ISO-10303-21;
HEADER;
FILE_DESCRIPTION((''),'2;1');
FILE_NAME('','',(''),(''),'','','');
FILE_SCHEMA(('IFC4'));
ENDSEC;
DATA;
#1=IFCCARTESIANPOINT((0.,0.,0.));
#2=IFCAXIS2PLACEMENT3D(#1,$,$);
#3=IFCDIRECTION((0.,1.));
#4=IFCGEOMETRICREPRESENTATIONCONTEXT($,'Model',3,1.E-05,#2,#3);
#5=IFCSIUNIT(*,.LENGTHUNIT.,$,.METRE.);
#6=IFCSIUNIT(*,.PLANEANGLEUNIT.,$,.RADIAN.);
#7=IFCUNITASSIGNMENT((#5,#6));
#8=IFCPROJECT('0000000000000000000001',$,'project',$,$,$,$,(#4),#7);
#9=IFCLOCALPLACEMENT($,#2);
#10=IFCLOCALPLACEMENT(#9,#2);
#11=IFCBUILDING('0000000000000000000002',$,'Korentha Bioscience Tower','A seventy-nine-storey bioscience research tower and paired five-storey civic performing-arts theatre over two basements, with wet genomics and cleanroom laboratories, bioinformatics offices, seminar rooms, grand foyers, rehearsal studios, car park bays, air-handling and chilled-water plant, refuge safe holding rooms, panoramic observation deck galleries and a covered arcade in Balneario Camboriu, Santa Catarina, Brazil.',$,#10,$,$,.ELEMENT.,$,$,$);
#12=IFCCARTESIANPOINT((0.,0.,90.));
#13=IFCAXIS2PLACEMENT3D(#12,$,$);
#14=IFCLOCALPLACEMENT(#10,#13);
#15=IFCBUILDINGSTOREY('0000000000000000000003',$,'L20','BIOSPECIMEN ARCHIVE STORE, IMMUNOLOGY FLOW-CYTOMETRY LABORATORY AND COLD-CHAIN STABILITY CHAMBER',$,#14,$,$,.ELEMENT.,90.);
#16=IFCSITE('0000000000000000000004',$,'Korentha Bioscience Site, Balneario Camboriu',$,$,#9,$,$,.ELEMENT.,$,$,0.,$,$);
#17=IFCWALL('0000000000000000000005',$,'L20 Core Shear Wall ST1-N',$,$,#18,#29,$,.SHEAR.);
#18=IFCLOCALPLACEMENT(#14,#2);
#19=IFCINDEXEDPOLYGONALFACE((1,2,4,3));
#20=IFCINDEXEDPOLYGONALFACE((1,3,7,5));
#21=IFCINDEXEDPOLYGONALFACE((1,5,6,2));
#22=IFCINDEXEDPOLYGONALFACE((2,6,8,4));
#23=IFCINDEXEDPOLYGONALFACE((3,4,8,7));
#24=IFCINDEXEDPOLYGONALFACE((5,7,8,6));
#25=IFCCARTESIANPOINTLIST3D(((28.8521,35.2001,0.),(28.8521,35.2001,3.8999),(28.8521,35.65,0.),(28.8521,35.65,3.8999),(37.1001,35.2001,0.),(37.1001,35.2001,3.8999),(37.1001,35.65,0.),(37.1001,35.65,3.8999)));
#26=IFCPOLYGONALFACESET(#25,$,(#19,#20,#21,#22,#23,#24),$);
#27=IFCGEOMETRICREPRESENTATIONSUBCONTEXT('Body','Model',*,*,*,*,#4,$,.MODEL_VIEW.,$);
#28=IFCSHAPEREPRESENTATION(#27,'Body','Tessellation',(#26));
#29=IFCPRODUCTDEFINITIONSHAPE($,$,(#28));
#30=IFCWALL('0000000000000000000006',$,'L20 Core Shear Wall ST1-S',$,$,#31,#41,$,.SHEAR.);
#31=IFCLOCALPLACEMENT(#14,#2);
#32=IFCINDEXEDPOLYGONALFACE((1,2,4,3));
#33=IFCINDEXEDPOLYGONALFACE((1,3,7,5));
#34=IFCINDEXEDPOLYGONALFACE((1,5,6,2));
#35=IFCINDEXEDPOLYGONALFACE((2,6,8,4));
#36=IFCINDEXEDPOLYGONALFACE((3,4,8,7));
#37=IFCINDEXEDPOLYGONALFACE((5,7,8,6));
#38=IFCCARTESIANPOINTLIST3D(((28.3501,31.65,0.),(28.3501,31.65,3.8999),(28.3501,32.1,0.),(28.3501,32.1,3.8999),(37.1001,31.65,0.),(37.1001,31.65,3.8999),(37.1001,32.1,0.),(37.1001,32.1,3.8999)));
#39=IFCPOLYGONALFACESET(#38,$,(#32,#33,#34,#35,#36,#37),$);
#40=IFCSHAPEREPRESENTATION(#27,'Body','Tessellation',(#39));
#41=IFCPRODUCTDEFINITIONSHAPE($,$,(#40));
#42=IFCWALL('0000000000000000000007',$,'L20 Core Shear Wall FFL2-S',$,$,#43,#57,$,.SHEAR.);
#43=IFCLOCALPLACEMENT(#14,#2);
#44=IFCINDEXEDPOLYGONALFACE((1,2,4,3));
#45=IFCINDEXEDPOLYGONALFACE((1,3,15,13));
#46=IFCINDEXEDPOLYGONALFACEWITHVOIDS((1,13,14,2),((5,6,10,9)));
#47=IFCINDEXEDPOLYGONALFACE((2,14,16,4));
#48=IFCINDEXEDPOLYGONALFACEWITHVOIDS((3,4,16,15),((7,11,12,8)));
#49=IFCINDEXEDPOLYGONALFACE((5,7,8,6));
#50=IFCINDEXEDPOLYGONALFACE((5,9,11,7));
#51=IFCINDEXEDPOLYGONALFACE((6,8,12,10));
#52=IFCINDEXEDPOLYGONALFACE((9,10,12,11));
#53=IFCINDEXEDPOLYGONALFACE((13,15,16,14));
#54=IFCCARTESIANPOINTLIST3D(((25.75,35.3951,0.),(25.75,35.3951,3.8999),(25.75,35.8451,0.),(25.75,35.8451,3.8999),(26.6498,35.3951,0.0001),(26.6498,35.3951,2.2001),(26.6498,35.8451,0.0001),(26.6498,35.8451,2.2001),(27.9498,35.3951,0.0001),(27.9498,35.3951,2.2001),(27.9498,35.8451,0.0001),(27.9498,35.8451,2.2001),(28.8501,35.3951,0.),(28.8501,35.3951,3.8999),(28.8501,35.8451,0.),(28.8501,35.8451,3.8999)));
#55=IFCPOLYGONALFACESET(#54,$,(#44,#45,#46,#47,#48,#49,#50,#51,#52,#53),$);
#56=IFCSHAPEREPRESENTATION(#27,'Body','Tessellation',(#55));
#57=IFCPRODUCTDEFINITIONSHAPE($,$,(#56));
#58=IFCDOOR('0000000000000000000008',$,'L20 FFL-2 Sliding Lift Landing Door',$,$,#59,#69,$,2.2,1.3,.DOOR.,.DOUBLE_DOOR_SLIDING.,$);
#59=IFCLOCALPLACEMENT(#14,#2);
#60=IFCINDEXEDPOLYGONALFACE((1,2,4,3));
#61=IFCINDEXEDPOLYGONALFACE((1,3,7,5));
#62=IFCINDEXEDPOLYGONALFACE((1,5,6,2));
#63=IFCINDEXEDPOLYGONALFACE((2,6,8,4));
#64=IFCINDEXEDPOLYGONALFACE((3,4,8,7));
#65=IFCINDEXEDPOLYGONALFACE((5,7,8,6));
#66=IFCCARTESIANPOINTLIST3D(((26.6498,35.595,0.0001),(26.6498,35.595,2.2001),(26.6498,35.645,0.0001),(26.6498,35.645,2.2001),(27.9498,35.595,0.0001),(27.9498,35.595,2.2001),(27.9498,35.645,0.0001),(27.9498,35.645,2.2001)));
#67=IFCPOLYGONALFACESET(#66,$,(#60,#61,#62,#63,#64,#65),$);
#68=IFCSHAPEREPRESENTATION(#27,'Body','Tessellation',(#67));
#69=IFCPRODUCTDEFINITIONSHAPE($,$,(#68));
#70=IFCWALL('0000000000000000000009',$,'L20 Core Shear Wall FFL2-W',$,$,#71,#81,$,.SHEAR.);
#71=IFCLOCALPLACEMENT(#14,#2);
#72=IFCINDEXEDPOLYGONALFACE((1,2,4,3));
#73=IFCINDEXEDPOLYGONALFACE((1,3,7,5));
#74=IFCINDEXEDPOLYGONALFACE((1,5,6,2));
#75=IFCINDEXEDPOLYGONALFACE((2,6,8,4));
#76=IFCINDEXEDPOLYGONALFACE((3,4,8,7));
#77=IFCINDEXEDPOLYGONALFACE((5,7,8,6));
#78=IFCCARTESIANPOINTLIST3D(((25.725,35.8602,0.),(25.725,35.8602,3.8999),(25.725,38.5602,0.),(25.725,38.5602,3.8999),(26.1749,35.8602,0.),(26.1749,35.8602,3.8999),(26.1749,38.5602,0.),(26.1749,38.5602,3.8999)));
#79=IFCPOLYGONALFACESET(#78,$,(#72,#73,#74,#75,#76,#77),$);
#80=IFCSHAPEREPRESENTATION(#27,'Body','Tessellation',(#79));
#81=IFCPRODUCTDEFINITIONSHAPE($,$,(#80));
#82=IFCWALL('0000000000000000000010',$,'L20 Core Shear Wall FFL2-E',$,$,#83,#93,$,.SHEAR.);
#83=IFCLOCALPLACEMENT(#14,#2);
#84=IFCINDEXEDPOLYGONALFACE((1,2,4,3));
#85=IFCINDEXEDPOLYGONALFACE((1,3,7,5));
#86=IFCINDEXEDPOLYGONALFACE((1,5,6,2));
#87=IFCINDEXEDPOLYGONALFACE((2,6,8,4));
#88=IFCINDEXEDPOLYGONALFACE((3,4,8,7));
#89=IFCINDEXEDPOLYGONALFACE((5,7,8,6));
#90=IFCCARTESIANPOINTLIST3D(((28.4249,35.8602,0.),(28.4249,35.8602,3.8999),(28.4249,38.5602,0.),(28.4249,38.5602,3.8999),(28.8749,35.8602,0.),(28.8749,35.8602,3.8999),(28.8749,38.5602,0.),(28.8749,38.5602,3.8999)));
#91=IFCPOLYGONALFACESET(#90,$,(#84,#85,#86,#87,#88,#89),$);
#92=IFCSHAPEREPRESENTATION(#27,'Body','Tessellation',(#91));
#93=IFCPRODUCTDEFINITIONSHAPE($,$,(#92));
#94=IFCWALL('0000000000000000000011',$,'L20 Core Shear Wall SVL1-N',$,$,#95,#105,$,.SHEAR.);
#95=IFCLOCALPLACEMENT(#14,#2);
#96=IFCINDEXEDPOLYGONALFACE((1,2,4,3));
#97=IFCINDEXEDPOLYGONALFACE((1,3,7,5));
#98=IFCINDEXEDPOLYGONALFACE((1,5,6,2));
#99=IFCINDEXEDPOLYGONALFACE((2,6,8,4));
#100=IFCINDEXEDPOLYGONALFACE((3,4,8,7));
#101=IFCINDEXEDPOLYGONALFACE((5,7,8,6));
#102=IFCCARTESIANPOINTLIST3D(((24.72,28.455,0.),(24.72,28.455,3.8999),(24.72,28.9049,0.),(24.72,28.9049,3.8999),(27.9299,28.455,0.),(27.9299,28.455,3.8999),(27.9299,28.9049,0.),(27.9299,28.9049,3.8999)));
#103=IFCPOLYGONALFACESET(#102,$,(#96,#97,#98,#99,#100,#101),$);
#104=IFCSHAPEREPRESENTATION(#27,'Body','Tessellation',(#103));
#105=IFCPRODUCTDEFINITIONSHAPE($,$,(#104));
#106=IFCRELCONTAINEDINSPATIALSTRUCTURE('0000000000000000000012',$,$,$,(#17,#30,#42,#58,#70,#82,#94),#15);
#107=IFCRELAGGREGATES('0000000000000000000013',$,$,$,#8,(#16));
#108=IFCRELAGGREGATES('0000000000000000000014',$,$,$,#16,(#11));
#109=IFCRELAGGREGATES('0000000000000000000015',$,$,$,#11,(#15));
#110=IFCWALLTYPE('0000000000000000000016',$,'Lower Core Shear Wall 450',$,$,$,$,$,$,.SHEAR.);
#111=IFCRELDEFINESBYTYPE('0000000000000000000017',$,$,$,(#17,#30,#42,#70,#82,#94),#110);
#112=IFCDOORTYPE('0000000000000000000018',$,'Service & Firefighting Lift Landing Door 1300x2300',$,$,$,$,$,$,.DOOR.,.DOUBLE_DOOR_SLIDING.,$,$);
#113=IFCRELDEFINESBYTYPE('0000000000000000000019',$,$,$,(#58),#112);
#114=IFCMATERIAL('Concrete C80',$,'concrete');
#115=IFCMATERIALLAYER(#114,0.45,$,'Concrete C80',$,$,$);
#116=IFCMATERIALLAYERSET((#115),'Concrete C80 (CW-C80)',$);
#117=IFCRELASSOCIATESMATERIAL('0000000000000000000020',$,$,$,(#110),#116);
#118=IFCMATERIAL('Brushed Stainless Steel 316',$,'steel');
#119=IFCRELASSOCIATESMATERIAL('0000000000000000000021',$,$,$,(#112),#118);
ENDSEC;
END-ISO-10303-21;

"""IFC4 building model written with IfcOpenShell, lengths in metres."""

from ifc_helpers import new_model, si_unit, direction, frame, frame_2d, origin, place, context, subcontext, project, spatial, rectangle, extrude, material, layer, layer_set, type_object, element, fill, save


model = new_model("IFC4")

# Units and contexts
model_context = context("Model", 3, precision=1e-05, world=origin(), true_north=direction((0.0, 1.0)))
body_context = subcontext(model_context, "Body", "Model", "MODEL_VIEW")
ifc_project = project(units=[si_unit("LENGTHUNIT", "METRE"), si_unit("PLANEANGLEUNIT", "RADIAN")], contexts=[model_context])

# Site, building, storey
site_placement = place(None, origin())
site = spatial("IfcSite", under=ifc_project, at=site_placement, Name="Korentha Bioscience Site, Balneario Camboriu", CompositionType="ELEMENT", RefElevation=0.0)
building_placement = place(site_placement, origin())
building = spatial("IfcBuilding", under=site, at=building_placement, Name="Korentha Bioscience Tower", Description="A seventy-nine-storey bioscience research tower and paired five-storey civic performing-arts theatre over two basements, with wet genomics and cleanroom laboratories, bioinformatics offices, seminar rooms, grand foyers, rehearsal studios, car park bays, air-handling and chilled-water plant, refuge safe holding rooms, panoramic observation deck galleries and a covered arcade in Balneario Camboriu, Santa Catarina, Brazil.", CompositionType="ELEMENT")
storey_placement = place(building_placement, frame((0.0, 0.0, 90.0)))
storey = spatial("IfcBuildingStorey", under=building, at=storey_placement, Name="L20", Description="BIOSPECIMEN ARCHIVE STORE, IMMUNOLOGY FLOW-CYTOMETRY LABORATORY AND COLD-CHAIN STABILITY CHAMBER", CompositionType="ELEMENT", Elevation=90.0)

# Walls
ifc_material_1 = material(Name="Concrete C80", Category="concrete")
ifc_layer_1 = layer(ifc_material_1, 0.45, Name="Concrete C80")
ifc_layer_set_1 = layer_set([ifc_layer_1], Name="Concrete C80 (CW-C80)")
wall_type_1 = type_object("IfcWallType", Name="Lower Core Shear Wall 450", PredefinedType="SHEAR", material=ifc_layer_set_1)
wall_1_placement = place(storey_placement, frame((28.8521, 35.425, 0.0), z_axis=(0.0, 0.0, 1.0), x_axis=(1.0, 0.0, 0.0)))
element("IfcWall", 1, at=wall_1_placement, inside=storey, type_object=wall_type_1, Name="L20 Core Shear Wall ST1-N", PredefinedType="SHEAR", context=body_context, shape_type="SweptSolid", body=[
    extrude(rectangle(XDim=8.248, YDim=0.45, at=frame_2d((4.124, 0.0))), origin(), (0.0, 0.0, 1.0), 3.8999),
])
wall_2_placement = place(storey_placement, frame((28.3501, 31.875, 0.0), z_axis=(0.0, 0.0, 1.0), x_axis=(1.0, 0.0, 0.0)))
element("IfcWall", 2, at=wall_2_placement, inside=storey, type_object=wall_type_1, Name="L20 Core Shear Wall ST1-S", PredefinedType="SHEAR", context=body_context, shape_type="SweptSolid", body=[
    extrude(rectangle(XDim=8.75, YDim=0.45, at=frame_2d((4.375, 0.0))), origin(), (0.0, 0.0, 1.0), 3.8999),
])

# Wall, opening, door
wall_3_placement = place(storey_placement, frame((25.75, 35.6201, 0.0), z_axis=(0.0, 0.0, 1.0), x_axis=(1.0, 0.0, 0.0)))
wall_3 = element("IfcWall", 3, at=wall_3_placement, inside=storey, type_object=wall_type_1, Name="L20 Core Shear Wall FFL2-S", PredefinedType="SHEAR", context=body_context, shape_type="SweptSolid", body=[
    extrude(rectangle(XDim=3.1001, YDim=0.45, at=frame_2d((1.55, 0.0))), origin(), (0.0, 0.0, 1.0), 3.8999),
])
opening_1_placement = place(wall_3_placement, frame((0.8999, 0.0, 0.0)))
opening_1 = element("IfcOpeningElement", 4, at=opening_1_placement, cuts=wall_3, PredefinedType="OPENING", context=body_context, shape_type="SweptSolid", body=[
    extrude(rectangle(XDim=1.3, YDim=2.2, at=frame_2d((0.6499, 1.1001))), frame((0.0, 0.2397, 0.0), z_axis=(0.0, -1.0, 0.0), x_axis=(1.0, 0.0, 0.0)), (0.0, 0.0, 1.0), 0.4797),
])
ifc_material_2 = material(Name="Brushed Stainless Steel 316", Category="steel")
door_type_1 = type_object("IfcDoorType", Name="Service & Firefighting Lift Landing Door 1300x2300", OperationType="DOUBLE_DOOR_SLIDING", PredefinedType="DOOR", material=ifc_material_2)
door_1_placement = place(opening_1_placement, origin())
door_1 = element("IfcDoor", 5, at=door_1_placement, inside=storey, type_object=door_type_1, Name="L20 FFL-2 Sliding Lift Landing Door", OperationType="DOUBLE_DOOR_SLIDING", OverallHeight=2.2, OverallWidth=1.3, PredefinedType="DOOR", context=body_context, shape_type="SweptSolid", body=[
    extrude(rectangle(XDim=1.3, YDim=2.2, at=frame_2d((0.6499, 1.1001))), frame((0.0, 0.0249, 0.0), z_axis=(0.0, -1.0, 0.0), x_axis=(1.0, 0.0, 0.0)), (0.0, 0.0, 1.0), 0.05),
])
fill(opening_1, door_1)

# Walls
for number, where, z_axis, x_axis, name in (
    (6, (25.95, 35.8601, 0.0), (0.0, 0.0, 1.0), (0.0, 1.0, 0.0), "L20 Core Shear Wall FFL2-W"),
    (7, (28.6499, 35.8601, 0.0), (0.0, 0.0, 1.0), (0.0, 1.0, 0.0), "L20 Core Shear Wall FFL2-E"),
):
    element("IfcWall", number, at=place(storey_placement, frame(where, z_axis=z_axis, x_axis=x_axis)), inside=storey, type_object=wall_type_1, Name=name, PredefinedType="SHEAR", context=body_context, shape_type="SweptSolid", body=[
        extrude(rectangle(XDim=2.7, YDim=0.45, at=frame_2d((1.3501, 0.0))), origin(), (0.0, 0.0, 1.0), 3.8999),
    ])
wall_4_placement = place(storey_placement, frame((24.72, 28.6799, 0.0), z_axis=(0.0, 0.0, 1.0), x_axis=(1.0, 0.0, 0.0)))
element("IfcWall", 8, at=wall_4_placement, inside=storey, type_object=wall_type_1, Name="L20 Core Shear Wall SVL1-N", PredefinedType="SHEAR", context=body_context, shape_type="SweptSolid", body=[
    extrude(rectangle(XDim=3.21, YDim=0.45, at=frame_2d((1.605, 0.0))), origin(), (0.0, 0.0, 1.0), 3.8999),
])

save(model, "model.ifc")
